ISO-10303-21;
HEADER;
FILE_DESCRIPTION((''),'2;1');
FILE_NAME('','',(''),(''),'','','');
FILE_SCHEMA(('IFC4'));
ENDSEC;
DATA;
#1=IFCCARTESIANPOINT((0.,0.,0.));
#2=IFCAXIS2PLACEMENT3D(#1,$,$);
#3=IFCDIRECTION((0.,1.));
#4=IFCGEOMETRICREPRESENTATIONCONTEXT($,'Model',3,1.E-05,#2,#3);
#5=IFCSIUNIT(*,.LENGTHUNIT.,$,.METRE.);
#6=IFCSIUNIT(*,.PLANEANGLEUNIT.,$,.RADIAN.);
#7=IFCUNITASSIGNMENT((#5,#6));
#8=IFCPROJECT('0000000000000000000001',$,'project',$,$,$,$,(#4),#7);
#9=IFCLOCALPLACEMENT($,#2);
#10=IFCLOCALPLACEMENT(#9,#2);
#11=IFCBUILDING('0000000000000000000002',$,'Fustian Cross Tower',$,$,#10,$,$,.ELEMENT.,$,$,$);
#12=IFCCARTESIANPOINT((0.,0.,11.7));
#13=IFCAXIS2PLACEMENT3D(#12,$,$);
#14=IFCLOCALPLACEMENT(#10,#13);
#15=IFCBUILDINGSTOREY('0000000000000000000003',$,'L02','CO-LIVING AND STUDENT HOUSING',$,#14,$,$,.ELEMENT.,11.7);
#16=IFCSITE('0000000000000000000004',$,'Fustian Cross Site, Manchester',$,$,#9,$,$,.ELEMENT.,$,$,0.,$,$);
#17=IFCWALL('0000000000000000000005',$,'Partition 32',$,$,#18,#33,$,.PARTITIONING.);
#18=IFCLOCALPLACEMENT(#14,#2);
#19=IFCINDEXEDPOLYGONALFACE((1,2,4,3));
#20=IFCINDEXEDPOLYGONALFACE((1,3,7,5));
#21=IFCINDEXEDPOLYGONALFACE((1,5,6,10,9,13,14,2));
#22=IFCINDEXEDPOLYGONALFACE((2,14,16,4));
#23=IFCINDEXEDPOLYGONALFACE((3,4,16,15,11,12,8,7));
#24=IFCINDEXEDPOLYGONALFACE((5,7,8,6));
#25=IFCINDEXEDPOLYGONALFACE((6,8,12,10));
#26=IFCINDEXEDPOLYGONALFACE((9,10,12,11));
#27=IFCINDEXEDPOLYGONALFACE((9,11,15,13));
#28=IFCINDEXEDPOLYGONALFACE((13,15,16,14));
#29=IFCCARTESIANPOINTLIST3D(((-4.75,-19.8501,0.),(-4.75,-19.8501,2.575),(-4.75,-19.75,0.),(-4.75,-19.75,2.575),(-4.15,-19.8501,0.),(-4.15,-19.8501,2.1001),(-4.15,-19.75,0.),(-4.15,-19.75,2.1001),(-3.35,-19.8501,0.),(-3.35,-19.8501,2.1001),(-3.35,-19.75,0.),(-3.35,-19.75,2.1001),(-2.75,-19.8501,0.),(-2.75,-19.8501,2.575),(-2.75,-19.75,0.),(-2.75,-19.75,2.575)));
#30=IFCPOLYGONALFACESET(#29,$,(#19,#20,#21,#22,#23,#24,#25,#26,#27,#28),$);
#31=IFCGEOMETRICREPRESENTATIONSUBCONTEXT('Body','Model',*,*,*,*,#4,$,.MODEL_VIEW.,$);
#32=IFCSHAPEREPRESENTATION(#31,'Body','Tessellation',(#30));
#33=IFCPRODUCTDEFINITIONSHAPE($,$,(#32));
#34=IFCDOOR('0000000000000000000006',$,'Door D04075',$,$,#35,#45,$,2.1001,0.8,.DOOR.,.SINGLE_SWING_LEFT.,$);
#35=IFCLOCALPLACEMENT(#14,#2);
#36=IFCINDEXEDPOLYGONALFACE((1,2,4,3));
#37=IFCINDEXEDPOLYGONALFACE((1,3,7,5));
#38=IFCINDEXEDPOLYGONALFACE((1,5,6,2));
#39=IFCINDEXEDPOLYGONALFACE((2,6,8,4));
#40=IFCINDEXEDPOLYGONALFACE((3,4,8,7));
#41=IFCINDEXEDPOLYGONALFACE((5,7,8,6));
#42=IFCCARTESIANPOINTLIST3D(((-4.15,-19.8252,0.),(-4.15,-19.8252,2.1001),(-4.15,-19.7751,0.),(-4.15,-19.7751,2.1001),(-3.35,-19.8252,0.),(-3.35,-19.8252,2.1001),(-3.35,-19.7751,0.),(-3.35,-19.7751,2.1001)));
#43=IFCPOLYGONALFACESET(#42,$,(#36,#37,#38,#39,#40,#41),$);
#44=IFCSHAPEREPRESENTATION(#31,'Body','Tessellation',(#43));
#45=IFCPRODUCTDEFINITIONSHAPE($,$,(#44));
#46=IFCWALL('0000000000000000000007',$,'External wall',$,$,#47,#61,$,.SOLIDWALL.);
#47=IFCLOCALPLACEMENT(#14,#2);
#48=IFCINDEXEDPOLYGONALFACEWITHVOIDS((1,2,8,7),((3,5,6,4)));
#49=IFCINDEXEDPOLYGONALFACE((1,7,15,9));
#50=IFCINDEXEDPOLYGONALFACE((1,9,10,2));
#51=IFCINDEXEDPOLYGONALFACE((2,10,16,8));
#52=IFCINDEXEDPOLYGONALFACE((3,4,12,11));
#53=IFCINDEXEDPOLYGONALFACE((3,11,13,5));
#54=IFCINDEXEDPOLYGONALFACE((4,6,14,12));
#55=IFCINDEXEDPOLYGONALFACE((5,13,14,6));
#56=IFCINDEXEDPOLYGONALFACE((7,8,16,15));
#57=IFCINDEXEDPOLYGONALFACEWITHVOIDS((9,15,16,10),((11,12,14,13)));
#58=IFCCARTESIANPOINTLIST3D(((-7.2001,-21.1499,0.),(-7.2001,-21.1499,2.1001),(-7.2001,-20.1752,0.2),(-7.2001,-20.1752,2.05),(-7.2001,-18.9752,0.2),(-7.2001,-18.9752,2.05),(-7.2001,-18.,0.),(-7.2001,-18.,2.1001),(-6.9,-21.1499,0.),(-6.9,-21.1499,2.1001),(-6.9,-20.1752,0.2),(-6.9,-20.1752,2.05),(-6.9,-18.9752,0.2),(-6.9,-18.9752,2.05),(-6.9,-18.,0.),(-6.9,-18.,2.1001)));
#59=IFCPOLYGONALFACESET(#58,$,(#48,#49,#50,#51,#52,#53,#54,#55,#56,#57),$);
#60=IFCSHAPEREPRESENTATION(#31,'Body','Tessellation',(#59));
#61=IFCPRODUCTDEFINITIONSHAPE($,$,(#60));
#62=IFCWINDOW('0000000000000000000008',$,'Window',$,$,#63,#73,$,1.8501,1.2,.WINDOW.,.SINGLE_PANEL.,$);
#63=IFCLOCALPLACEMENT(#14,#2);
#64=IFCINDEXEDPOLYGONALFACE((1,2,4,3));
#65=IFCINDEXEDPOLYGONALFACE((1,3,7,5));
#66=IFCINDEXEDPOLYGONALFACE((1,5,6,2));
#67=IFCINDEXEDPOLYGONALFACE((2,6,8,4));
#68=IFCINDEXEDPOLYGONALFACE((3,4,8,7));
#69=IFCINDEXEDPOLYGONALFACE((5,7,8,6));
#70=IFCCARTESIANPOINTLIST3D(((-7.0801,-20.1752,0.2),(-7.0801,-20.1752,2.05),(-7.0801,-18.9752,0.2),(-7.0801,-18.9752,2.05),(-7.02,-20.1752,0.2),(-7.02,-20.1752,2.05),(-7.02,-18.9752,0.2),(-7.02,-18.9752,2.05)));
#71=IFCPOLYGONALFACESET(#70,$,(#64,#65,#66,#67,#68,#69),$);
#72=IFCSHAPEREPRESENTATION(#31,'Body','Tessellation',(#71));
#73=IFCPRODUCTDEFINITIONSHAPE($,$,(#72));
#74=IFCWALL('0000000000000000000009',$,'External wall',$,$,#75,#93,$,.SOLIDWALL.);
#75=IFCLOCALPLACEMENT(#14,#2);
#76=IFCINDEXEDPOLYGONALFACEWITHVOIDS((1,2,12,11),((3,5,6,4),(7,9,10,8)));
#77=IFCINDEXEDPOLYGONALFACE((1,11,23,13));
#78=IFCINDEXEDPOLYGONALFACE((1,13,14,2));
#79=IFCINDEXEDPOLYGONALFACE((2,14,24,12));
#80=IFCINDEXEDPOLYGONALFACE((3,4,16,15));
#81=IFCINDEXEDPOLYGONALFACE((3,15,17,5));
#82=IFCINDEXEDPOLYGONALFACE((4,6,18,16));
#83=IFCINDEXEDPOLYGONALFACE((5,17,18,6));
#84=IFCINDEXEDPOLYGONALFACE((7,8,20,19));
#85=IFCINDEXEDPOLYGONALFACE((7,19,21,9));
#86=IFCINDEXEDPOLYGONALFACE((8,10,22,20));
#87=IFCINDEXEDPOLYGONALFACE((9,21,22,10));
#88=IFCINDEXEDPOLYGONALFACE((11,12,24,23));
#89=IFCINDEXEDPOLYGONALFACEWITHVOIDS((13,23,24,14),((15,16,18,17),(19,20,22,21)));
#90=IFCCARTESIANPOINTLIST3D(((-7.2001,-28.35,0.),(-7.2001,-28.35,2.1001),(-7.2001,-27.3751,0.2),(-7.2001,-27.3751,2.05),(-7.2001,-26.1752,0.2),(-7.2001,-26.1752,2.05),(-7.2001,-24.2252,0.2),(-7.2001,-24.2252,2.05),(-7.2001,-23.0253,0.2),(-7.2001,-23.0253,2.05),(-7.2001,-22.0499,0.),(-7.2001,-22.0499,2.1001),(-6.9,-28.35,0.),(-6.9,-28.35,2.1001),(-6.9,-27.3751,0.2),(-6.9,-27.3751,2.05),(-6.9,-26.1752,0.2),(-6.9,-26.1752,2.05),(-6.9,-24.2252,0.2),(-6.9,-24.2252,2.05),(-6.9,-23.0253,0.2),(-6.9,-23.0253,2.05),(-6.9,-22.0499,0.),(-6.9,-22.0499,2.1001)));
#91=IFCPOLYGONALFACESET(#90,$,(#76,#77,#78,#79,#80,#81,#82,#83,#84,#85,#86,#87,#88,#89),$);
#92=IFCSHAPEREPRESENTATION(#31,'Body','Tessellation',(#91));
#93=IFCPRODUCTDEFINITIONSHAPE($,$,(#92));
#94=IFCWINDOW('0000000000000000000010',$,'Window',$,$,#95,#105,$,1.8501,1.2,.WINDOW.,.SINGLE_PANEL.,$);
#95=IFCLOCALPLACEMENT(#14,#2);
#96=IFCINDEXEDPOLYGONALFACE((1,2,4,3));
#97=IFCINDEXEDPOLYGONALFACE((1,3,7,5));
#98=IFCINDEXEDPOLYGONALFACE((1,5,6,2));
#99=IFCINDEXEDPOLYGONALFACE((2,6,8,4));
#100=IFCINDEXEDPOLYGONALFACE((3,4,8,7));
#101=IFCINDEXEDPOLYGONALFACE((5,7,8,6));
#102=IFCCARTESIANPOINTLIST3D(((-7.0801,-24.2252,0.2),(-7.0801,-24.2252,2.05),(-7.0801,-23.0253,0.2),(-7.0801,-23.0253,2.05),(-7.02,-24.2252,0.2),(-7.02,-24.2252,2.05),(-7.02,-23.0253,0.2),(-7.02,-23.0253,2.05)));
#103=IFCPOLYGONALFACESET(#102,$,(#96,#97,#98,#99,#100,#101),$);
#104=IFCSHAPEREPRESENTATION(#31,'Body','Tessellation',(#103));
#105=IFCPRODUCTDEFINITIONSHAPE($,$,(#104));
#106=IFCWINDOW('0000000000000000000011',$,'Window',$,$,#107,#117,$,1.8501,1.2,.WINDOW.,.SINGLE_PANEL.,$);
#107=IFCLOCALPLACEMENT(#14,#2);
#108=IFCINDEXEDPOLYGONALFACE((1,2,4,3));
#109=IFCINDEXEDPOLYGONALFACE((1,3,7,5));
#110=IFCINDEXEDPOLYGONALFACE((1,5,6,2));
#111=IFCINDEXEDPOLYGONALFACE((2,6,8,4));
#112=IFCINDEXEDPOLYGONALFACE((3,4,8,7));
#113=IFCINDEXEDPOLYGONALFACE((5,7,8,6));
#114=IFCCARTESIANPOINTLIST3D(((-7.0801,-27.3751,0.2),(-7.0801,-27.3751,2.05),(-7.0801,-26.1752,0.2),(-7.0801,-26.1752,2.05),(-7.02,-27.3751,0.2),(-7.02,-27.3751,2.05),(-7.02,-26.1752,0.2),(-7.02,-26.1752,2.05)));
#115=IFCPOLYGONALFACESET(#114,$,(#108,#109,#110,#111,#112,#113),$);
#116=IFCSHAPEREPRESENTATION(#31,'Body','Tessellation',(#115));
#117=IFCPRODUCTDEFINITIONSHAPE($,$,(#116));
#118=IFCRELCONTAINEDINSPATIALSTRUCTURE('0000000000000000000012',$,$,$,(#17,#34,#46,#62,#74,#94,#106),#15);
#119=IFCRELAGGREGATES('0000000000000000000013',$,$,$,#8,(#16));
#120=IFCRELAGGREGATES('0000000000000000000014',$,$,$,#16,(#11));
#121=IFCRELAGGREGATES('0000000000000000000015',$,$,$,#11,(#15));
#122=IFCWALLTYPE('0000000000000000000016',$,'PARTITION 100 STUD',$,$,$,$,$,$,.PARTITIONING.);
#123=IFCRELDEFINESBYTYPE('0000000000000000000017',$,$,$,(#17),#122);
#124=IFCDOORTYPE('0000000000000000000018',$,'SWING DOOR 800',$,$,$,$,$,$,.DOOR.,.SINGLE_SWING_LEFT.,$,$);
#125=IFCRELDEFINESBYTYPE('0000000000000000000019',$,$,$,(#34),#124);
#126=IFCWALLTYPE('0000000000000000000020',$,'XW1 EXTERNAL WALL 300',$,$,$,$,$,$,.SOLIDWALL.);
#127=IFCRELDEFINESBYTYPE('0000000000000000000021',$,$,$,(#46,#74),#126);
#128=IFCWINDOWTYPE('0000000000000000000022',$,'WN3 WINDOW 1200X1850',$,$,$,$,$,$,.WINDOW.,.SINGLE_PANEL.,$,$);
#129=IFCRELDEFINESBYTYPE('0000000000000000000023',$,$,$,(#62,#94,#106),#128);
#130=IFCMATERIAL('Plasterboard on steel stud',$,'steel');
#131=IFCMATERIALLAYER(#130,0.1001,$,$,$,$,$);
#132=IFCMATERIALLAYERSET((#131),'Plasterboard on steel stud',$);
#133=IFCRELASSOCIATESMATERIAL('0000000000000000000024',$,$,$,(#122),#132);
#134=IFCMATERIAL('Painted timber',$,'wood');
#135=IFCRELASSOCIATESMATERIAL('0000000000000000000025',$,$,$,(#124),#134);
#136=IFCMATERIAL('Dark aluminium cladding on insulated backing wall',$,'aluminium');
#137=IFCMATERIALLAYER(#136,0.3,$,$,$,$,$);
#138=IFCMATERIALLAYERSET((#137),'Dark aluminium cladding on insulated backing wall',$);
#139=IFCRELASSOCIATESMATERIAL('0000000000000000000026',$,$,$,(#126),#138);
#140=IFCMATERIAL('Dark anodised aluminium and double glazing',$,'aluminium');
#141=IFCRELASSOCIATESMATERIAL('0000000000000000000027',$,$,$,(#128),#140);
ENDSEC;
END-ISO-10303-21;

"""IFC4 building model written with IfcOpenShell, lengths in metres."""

from ifc_helpers import new_model, si_unit, direction, frame, frame_2d, origin, place, context, subcontext, project, spatial, rectangle, extrude, material, layer, layer_set, type_object, element, fill, save


model = new_model("IFC4")

# Units and contexts
model_context = context("Model", 3, precision=1e-05, world=origin(), true_north=direction((0.0, 1.0)))
body_context = subcontext(model_context, "Body", "Model", "MODEL_VIEW")
ifc_project = project(units=[si_unit("LENGTHUNIT", "METRE"), si_unit("PLANEANGLEUNIT", "RADIAN")], contexts=[model_context])

# Site, building, storey
site_placement = place(None, origin())
site = spatial("IfcSite", under=ifc_project, at=site_placement, Name="Fustian Cross Site, Manchester", CompositionType="ELEMENT", RefElevation=0.0)
building_placement = place(site_placement, origin())
building = spatial("IfcBuilding", under=site, at=building_placement, Name="Fustian Cross Tower", CompositionType="ELEMENT")
storey_placement = place(building_placement, frame((0.0, 0.0, 11.7)))
storey = spatial("IfcBuildingStorey", under=building, at=storey_placement, Name="L02", Description="CO-LIVING AND STUDENT HOUSING", CompositionType="ELEMENT", Elevation=11.7)

# Shared definitions
ifc_material_1 = material(Name="Plasterboard on steel stud", Category="steel")
ifc_layer_1 = layer(ifc_material_1, 0.1001)
ifc_layer_set_1 = layer_set([ifc_layer_1], Name="Plasterboard on steel stud")
wall_type_1 = type_object("IfcWallType", Name="PARTITION 100 STUD", PredefinedType="PARTITIONING", material=ifc_layer_set_1)

# Shared definitions
ifc_material_2 = material(Name="Painted timber", Category="wood")
door_type = type_object("IfcDoorType", Name="SWING DOOR 800", OperationType="SINGLE_SWING_LEFT", PredefinedType="DOOR", material=ifc_material_2)

# Wall, opening, door
wall_1_placement = place(storey_placement, frame((-4.75, -19.8, 0.0), z_axis=(0.0, 0.0, 1.0), x_axis=(1.0, 0.0, 0.0)))
wall_1 = element("IfcWall", 1, at=wall_1_placement, inside=storey, type_object=wall_type_1, Name="Partition 32", PredefinedType="PARTITIONING", context=body_context, shape_type="SweptSolid", body=[
    extrude(rectangle(XDim=2.0, YDim=0.1001, at=frame_2d((1.0, 0.0))), origin(), (0.0, 0.0, 1.0), 2.575),
])
opening_1_placement = place(wall_1_placement, frame((0.6001, 0.0, 0.0)))
opening_1 = element("IfcOpeningElement", 2, at=opening_1_placement, cuts=wall_1, PredefinedType="OPENING", context=body_context, shape_type="SweptSolid", body=[
    extrude(rectangle(XDim=0.8, YDim=2.1001, at=frame_2d((0.3999, 1.05))), frame((0.0, 0.0601, 0.0), z_axis=(0.0, -1.0, 0.0), x_axis=(1.0, 0.0, 0.0)), (0.0, 0.0, 1.0), 0.1201),
])
door_1_placement = place(opening_1_placement, origin())
door_1 = element("IfcDoor", 3, at=door_1_placement, inside=storey, type_object=door_type, Name="Door D04075", OperationType="SINGLE_SWING_LEFT", OverallHeight=2.1001, OverallWidth=0.8, PredefinedType="DOOR", context=body_context, shape_type="SweptSolid", body=[
    extrude(rectangle(XDim=0.8, YDim=2.1001, at=frame_2d((0.3999, 1.05))), frame((0.0, 0.0249, 0.0), z_axis=(0.0, -1.0, 0.0), x_axis=(1.0, 0.0, 0.0)), (0.0, 0.0, 1.0), 0.05),
])
fill(opening_1, door_1)

# Wall, opening, window
ifc_material_3 = material(Name="Dark aluminium cladding on insulated backing wall", Category="aluminium")
ifc_layer_2 = layer(ifc_material_3, 0.3)
ifc_layer_set_2 = layer_set([ifc_layer_2], Name="Dark aluminium cladding on insulated backing wall")
wall_type_2 = type_object("IfcWallType", Name="XW1 EXTERNAL WALL 300", PredefinedType="SOLIDWALL", material=ifc_layer_set_2)
wall_2_placement = place(storey_placement, frame((-7.05, -18.0, 0.0), z_axis=(0.0, 0.0, 1.0), x_axis=(0.0, -1.0, 0.0)))
wall_2 = element("IfcWall", 4, at=wall_2_placement, inside=storey, type_object=wall_type_2, Name="External wall", PredefinedType="SOLIDWALL", context=body_context, shape_type="SweptSolid", body=[
    extrude(rectangle(XDim=3.1499, YDim=0.3, at=frame_2d((1.575, 0.0))), origin(), (0.0, 0.0, 1.0), 2.1001),
])
opening_2_placement = place(wall_2_placement, frame((0.9751, 0.0, 0.2)))
opening_2 = element("IfcOpeningElement", 5, at=opening_2_placement, cuts=wall_2, PredefinedType="OPENING", context=body_context, shape_type="SweptSolid", body=[
    extrude(rectangle(XDim=1.2, YDim=1.8501, at=frame_2d((0.6001, 0.925))), frame((0.0, 0.1599, 0.0), z_axis=(0.0, -1.0, 0.0), x_axis=(1.0, 0.0, 0.0)), (0.0, 0.0, 1.0), 0.3201),
])
ifc_material_4 = material(Name="Dark anodised aluminium and double glazing", Category="aluminium")
window_type = type_object("IfcWindowType", Name="WN3 WINDOW 1200X1850", PartitioningType="SINGLE_PANEL", PredefinedType="WINDOW", material=ifc_material_4)
window_1_placement = place(opening_2_placement, origin())
window_1 = element("IfcWindow", 6, at=window_1_placement, inside=storey, type_object=window_type, Name="Window", OverallHeight=1.8501, OverallWidth=1.2, PartitioningType="SINGLE_PANEL", PredefinedType="WINDOW", context=body_context, shape_type="SweptSolid", body=[
    extrude(rectangle(XDim=1.2, YDim=1.8501, at=frame_2d((0.6001, 0.925))), frame((0.0, 0.03, 0.0), z_axis=(0.0, -1.0, 0.0), x_axis=(1.0, 0.0, 0.0)), (0.0, 0.0, 1.0), 0.0601),
])
fill(opening_2, window_1)

# Wall, openings, windows
wall_3_placement = place(storey_placement, frame((-7.05, -22.05, 0.0), z_axis=(0.0, 0.0, 1.0), x_axis=(0.0, -1.0, 0.0)))
wall_3 = element("IfcWall", 7, at=wall_3_placement, inside=storey, type_object=wall_type_2, Name="External wall", PredefinedType="SOLIDWALL", context=body_context, shape_type="SweptSolid", body=[
    extrude(rectangle(XDim=6.3, YDim=0.3, at=frame_2d((3.1499, 0.0))), origin(), (0.0, 0.0, 1.0), 2.1001),
])
opening_3_placement = place(wall_3_placement, frame((0.9751, 0.0, 0.2)))
opening_3 = element("IfcOpeningElement", 8, at=opening_3_placement, cuts=wall_3, PredefinedType="OPENING", context=body_context, shape_type="SweptSolid", body=[
    extrude(rectangle(XDim=1.2, YDim=1.8501, at=frame_2d((0.6001, 0.925))), frame((0.0, 0.1599, 0.0), z_axis=(0.0, -1.0, 0.0), x_axis=(1.0, 0.0, 0.0)), (0.0, 0.0, 1.0), 0.3201),
])
opening_4_placement = place(wall_3_placement, frame((4.125, 0.0, 0.2)))
opening_4 = element("IfcOpeningElement", 9, at=opening_4_placement, cuts=wall_3, PredefinedType="OPENING", context=body_context, shape_type="SweptSolid", body=[
    extrude(rectangle(XDim=1.2, YDim=1.8501, at=frame_2d((0.6001, 0.925))), frame((0.0, 0.1599, 0.0), z_axis=(0.0, -1.0, 0.0), x_axis=(1.0, 0.0, 0.0)), (0.0, 0.0, 1.0), 0.3201),
])
window_2_placement = place(opening_3_placement, origin())
window_2 = element("IfcWindow", 10, at=window_2_placement, inside=storey, type_object=window_type, Name="Window", OverallHeight=1.8501, OverallWidth=1.2, PartitioningType="SINGLE_PANEL", PredefinedType="WINDOW", context=body_context, shape_type="SweptSolid", body=[
    extrude(rectangle(XDim=1.2, YDim=1.8501, at=frame_2d((0.6001, 0.925))), frame((0.0, 0.03, 0.0), z_axis=(0.0, -1.0, 0.0), x_axis=(1.0, 0.0, 0.0)), (0.0, 0.0, 1.0), 0.0601),
])
fill(opening_3, window_2)
window_3_placement = place(opening_4_placement, origin())
window_3 = element("IfcWindow", 11, at=window_3_placement, inside=storey, type_object=window_type, Name="Window", OverallHeight=1.8501, OverallWidth=1.2, PartitioningType="SINGLE_PANEL", PredefinedType="WINDOW", context=body_context, shape_type="SweptSolid", body=[
    extrude(rectangle(XDim=1.2, YDim=1.8501, at=frame_2d((0.6001, 0.925))), frame((0.0, 0.03, 0.0), z_axis=(0.0, -1.0, 0.0), x_axis=(1.0, 0.0, 0.0)), (0.0, 0.0, 1.0), 0.0601),
])
fill(opening_4, window_3)

save(model, "model.ifc")
